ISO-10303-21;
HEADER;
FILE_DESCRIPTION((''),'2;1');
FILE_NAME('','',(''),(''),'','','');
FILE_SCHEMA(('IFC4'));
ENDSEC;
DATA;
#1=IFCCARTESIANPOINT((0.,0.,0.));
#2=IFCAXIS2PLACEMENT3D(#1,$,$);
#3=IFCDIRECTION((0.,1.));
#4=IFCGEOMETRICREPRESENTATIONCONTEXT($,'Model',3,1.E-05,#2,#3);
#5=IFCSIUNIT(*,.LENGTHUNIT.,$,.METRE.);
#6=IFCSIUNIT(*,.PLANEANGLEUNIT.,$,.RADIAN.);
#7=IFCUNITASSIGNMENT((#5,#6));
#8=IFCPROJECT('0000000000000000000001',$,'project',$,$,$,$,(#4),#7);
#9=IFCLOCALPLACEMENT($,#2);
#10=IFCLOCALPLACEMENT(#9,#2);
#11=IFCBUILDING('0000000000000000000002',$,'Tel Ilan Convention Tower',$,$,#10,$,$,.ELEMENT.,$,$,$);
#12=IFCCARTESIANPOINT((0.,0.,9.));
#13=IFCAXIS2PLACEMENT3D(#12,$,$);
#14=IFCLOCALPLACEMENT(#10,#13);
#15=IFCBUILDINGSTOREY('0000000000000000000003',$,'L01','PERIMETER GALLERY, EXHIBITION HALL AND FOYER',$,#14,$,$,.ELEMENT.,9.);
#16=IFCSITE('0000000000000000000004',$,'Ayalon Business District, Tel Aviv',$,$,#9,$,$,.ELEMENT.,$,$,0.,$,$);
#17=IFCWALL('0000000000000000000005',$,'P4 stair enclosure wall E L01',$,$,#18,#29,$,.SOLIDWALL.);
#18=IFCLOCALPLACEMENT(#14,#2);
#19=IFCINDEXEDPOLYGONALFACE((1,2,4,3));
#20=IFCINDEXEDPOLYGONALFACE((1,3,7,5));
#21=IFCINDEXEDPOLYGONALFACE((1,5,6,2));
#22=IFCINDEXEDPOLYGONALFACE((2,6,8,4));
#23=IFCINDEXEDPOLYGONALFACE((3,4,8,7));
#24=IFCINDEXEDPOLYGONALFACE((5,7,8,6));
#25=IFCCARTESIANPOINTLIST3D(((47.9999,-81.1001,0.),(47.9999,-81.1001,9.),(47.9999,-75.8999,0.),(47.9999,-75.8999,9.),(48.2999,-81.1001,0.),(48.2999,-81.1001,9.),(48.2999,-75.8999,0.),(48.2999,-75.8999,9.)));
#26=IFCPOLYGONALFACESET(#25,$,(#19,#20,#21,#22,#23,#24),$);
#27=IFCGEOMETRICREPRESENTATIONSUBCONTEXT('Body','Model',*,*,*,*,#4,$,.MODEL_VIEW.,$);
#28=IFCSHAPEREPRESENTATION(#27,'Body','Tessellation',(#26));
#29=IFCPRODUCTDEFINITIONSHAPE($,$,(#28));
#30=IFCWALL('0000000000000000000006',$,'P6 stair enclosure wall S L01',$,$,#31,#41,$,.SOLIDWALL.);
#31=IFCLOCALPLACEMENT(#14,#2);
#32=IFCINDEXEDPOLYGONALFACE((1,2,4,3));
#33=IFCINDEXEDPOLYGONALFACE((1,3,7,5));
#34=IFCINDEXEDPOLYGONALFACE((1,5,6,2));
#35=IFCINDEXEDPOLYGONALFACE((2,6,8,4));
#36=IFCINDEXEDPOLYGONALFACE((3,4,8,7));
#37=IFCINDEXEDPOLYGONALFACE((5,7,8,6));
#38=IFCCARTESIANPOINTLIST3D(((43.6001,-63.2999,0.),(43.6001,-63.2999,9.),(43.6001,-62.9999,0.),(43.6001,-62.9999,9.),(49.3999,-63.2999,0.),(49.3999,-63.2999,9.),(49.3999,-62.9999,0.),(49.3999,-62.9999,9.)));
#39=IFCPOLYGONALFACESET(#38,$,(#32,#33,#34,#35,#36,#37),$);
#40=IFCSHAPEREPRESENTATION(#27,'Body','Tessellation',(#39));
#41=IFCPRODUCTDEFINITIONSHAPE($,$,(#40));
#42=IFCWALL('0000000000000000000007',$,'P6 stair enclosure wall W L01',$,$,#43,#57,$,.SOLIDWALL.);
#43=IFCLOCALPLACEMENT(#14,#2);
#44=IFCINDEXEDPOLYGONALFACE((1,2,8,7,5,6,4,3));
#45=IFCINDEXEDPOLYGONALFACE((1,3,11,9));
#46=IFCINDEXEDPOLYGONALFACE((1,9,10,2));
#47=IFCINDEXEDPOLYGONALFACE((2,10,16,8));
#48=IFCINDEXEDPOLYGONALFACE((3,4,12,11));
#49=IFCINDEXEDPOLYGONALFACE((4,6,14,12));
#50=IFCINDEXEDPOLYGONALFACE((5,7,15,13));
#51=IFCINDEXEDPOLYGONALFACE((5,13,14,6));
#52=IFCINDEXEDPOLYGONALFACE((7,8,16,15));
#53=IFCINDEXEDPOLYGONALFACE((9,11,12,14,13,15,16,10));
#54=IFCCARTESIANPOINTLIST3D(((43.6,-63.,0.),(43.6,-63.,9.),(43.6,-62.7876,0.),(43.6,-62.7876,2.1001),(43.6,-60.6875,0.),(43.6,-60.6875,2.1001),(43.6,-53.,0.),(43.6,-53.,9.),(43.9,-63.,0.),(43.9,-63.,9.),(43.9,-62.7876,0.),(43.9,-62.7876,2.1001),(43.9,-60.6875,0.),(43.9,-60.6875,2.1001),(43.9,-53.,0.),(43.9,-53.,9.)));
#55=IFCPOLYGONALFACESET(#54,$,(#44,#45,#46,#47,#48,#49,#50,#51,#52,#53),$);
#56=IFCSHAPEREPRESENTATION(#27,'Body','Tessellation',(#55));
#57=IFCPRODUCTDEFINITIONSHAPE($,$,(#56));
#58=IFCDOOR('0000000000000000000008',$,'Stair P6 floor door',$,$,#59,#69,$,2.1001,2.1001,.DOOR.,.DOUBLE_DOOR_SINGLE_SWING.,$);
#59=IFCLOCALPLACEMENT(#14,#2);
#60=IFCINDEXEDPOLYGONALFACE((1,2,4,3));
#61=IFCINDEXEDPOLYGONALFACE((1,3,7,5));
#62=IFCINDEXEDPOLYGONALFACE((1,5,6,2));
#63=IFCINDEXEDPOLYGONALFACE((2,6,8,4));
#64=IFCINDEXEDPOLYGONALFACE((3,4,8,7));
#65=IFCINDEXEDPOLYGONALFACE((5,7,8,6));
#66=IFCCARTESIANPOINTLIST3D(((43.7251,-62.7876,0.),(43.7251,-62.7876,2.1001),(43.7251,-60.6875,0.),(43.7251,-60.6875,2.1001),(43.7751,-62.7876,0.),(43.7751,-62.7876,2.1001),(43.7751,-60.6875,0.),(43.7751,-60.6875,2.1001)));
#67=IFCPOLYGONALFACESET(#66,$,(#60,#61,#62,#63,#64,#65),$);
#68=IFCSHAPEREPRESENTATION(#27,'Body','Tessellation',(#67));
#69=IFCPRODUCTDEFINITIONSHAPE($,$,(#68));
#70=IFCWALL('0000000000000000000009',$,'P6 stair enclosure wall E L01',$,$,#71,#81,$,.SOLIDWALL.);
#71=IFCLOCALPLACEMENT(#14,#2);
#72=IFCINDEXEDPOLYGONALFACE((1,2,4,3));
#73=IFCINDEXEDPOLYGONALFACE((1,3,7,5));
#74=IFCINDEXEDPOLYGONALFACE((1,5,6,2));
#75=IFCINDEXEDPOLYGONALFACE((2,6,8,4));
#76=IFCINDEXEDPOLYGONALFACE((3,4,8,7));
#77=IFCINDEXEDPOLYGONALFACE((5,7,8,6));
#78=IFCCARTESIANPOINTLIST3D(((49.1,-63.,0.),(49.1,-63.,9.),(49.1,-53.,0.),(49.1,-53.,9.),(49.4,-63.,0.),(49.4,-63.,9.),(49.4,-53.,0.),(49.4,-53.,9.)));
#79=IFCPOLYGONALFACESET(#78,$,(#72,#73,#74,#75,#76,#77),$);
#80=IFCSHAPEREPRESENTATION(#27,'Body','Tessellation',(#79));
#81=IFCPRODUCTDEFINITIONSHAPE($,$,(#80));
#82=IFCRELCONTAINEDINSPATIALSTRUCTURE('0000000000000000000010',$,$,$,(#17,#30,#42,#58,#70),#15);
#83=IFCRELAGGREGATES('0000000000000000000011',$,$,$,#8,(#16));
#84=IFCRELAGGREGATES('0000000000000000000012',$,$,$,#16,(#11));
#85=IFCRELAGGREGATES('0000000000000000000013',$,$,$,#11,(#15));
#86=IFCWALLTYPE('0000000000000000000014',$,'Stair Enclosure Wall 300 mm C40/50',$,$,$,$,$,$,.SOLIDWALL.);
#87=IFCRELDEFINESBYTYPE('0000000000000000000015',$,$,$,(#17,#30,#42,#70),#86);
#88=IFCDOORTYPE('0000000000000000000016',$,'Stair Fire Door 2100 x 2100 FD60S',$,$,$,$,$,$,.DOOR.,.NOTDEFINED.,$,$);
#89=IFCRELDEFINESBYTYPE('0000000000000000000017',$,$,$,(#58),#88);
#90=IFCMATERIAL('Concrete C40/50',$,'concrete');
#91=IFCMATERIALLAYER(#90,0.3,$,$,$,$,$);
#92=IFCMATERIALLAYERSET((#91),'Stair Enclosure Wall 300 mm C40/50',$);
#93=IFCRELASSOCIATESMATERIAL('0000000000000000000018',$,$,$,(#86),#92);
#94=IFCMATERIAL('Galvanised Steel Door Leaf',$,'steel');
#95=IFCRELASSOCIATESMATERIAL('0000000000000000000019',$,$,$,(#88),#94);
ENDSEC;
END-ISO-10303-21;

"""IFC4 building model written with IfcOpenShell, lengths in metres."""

from ifc_helpers import new_model, si_unit, direction, frame, frame_2d, origin, place, context, subcontext, project, spatial, rectangle, extrude, material, layer, layer_set, type_object, element, fill, save


model = new_model("IFC4")

# Units and contexts
model_context = context("Model", 3, precision=1e-05, world=origin(), true_north=direction((0.0, 1.0)))
body_context = subcontext(model_context, "Body", "Model", "MODEL_VIEW")
ifc_project = project(units=[si_unit("LENGTHUNIT", "METRE"), si_unit("PLANEANGLEUNIT", "RADIAN")], contexts=[model_context])

# Site, building, storey
site_placement = place(None, origin())
site = spatial("IfcSite", under=ifc_project, at=site_placement, Name="Ayalon Business District, Tel Aviv", CompositionType="ELEMENT", RefElevation=0.0)
building_placement = place(site_placement, origin())
building = spatial("IfcBuilding", under=site, at=building_placement, Name="Tel Ilan Convention Tower", CompositionType="ELEMENT")
storey_placement = place(building_placement, frame((0.0, 0.0, 9.0)))
storey = spatial("IfcBuildingStorey", under=building, at=storey_placement, Name="L01", Description="PERIMETER GALLERY, EXHIBITION HALL AND FOYER", CompositionType="ELEMENT", Elevation=9.0)

# Shared definitions
ifc_material_1 = material(Name="Concrete C40/50", Category="concrete")
ifc_layer_1 = layer(ifc_material_1, 0.3)
ifc_layer_set_1 = layer_set([ifc_layer_1], Name="Stair Enclosure Wall 300 mm C40/50")
wall_type_1 = type_object("IfcWallType", Name="Stair Enclosure Wall 300 mm C40/50", PredefinedType="SOLIDWALL", material=ifc_layer_set_1)

# Shared definitions
ifc_material_2 = material(Name="Galvanised Steel Door Leaf", Category="steel")
door_type = type_object("IfcDoorType", Name="Stair Fire Door 2100 x 2100 FD60S", OperationType="NOTDEFINED", PredefinedType="DOOR", material=ifc_material_2)

# Walls
for number, where, z_axis, x_axis, name in (
    (1, (48.1499, -81.1001, 0.0), (0.0, 0.0, 1.0), (0.0, 1.0, 0.0), "P4 stair enclosure wall E L01"),
):
    element("IfcWall", number, at=place(storey_placement, frame(where, z_axis=z_axis, x_axis=x_axis)), inside=storey, type_object=wall_type_1, Name=name, PredefinedType="SOLIDWALL", context=body_context, shape_type="SweptSolid", body=[
        extrude(rectangle(XDim=5.2002, YDim=0.3, at=frame_2d((2.6001, 0.0))), origin(), (0.0, 0.0, 1.0), 9.0),
    ])
wall_1_placement = place(storey_placement, frame((43.6001, -63.1499, 0.0), z_axis=(0.0, 0.0, 1.0), x_axis=(1.0, 0.0, 0.0)))
element("IfcWall", 2, at=wall_1_placement, inside=storey, type_object=wall_type_1, Name="P6 stair enclosure wall S L01", PredefinedType="SOLIDWALL", context=body_context, shape_type="SweptSolid", body=[
    extrude(rectangle(XDim=5.7998, YDim=0.3, at=frame_2d((2.8999, 0.0))), origin(), (0.0, 0.0, 1.0), 9.0),
])

# Wall, opening, door
wall_2_placement = place(storey_placement, frame((43.75, -63.0, 0.0), z_axis=(0.0, 0.0, 1.0), x_axis=(0.0, 1.0, 0.0)))
wall_2 = element("IfcWall", 3, at=wall_2_placement, inside=storey, type_object=wall_type_1, Name="P6 stair enclosure wall W L01", PredefinedType="SOLIDWALL", context=body_context, shape_type="SweptSolid", body=[
    extrude(rectangle(XDim=10.0, YDim=0.3, at=frame_2d((5.0, 0.0))), origin(), (0.0, 0.0, 1.0), 9.0),
])
opening_1_placement = place(wall_2_placement, frame((0.2124, 0.0, 0.0)))
opening_1 = element("IfcOpeningElement", 4, at=opening_1_placement, cuts=wall_2, PredefinedType="OPENING", context=body_context, shape_type="SweptSolid", body=[
    extrude(rectangle(XDim=2.1001, YDim=2.1001, at=frame_2d((1.05, 1.05))), frame((0.0, 0.1599, 0.0), z_axis=(0.0, -1.0, 0.0), x_axis=(1.0, 0.0, 0.0)), (0.0, 0.0, 1.0), 0.3201),
])
door_1_placement = place(opening_1_placement, origin())
door_1 = element("IfcDoor", 5, at=door_1_placement, inside=storey, type_object=door_type, Name="Stair P6 floor door", OperationType="DOUBLE_DOOR_SINGLE_SWING", OverallHeight=2.1001, OverallWidth=2.1001, PredefinedType="DOOR", context=body_context, shape_type="SweptSolid", body=[
    extrude(rectangle(XDim=2.1001, YDim=2.1001, at=frame_2d((1.05, 1.05))), frame((0.0, 0.0249, 0.0), z_axis=(0.0, -1.0, 0.0), x_axis=(1.0, 0.0, 0.0)), (0.0, 0.0, 1.0), 0.05),
])
fill(opening_1, door_1)

# Wall
wall_3_placement = place(storey_placement, frame((49.25, -63.0, 0.0), z_axis=(0.0, 0.0, 1.0), x_axis=(0.0, 1.0, 0.0)))
element("IfcWall", 6, at=wall_3_placement, inside=storey, type_object=wall_type_1, Name="P6 stair enclosure wall E L01", PredefinedType="SOLIDWALL", context=body_context, shape_type="SweptSolid", body=[
    extrude(rectangle(XDim=10.0, YDim=0.3, at=frame_2d((5.0, 0.0))), origin(), (0.0, 0.0, 1.0), 9.0),
])

save(model, "model.ifc")
